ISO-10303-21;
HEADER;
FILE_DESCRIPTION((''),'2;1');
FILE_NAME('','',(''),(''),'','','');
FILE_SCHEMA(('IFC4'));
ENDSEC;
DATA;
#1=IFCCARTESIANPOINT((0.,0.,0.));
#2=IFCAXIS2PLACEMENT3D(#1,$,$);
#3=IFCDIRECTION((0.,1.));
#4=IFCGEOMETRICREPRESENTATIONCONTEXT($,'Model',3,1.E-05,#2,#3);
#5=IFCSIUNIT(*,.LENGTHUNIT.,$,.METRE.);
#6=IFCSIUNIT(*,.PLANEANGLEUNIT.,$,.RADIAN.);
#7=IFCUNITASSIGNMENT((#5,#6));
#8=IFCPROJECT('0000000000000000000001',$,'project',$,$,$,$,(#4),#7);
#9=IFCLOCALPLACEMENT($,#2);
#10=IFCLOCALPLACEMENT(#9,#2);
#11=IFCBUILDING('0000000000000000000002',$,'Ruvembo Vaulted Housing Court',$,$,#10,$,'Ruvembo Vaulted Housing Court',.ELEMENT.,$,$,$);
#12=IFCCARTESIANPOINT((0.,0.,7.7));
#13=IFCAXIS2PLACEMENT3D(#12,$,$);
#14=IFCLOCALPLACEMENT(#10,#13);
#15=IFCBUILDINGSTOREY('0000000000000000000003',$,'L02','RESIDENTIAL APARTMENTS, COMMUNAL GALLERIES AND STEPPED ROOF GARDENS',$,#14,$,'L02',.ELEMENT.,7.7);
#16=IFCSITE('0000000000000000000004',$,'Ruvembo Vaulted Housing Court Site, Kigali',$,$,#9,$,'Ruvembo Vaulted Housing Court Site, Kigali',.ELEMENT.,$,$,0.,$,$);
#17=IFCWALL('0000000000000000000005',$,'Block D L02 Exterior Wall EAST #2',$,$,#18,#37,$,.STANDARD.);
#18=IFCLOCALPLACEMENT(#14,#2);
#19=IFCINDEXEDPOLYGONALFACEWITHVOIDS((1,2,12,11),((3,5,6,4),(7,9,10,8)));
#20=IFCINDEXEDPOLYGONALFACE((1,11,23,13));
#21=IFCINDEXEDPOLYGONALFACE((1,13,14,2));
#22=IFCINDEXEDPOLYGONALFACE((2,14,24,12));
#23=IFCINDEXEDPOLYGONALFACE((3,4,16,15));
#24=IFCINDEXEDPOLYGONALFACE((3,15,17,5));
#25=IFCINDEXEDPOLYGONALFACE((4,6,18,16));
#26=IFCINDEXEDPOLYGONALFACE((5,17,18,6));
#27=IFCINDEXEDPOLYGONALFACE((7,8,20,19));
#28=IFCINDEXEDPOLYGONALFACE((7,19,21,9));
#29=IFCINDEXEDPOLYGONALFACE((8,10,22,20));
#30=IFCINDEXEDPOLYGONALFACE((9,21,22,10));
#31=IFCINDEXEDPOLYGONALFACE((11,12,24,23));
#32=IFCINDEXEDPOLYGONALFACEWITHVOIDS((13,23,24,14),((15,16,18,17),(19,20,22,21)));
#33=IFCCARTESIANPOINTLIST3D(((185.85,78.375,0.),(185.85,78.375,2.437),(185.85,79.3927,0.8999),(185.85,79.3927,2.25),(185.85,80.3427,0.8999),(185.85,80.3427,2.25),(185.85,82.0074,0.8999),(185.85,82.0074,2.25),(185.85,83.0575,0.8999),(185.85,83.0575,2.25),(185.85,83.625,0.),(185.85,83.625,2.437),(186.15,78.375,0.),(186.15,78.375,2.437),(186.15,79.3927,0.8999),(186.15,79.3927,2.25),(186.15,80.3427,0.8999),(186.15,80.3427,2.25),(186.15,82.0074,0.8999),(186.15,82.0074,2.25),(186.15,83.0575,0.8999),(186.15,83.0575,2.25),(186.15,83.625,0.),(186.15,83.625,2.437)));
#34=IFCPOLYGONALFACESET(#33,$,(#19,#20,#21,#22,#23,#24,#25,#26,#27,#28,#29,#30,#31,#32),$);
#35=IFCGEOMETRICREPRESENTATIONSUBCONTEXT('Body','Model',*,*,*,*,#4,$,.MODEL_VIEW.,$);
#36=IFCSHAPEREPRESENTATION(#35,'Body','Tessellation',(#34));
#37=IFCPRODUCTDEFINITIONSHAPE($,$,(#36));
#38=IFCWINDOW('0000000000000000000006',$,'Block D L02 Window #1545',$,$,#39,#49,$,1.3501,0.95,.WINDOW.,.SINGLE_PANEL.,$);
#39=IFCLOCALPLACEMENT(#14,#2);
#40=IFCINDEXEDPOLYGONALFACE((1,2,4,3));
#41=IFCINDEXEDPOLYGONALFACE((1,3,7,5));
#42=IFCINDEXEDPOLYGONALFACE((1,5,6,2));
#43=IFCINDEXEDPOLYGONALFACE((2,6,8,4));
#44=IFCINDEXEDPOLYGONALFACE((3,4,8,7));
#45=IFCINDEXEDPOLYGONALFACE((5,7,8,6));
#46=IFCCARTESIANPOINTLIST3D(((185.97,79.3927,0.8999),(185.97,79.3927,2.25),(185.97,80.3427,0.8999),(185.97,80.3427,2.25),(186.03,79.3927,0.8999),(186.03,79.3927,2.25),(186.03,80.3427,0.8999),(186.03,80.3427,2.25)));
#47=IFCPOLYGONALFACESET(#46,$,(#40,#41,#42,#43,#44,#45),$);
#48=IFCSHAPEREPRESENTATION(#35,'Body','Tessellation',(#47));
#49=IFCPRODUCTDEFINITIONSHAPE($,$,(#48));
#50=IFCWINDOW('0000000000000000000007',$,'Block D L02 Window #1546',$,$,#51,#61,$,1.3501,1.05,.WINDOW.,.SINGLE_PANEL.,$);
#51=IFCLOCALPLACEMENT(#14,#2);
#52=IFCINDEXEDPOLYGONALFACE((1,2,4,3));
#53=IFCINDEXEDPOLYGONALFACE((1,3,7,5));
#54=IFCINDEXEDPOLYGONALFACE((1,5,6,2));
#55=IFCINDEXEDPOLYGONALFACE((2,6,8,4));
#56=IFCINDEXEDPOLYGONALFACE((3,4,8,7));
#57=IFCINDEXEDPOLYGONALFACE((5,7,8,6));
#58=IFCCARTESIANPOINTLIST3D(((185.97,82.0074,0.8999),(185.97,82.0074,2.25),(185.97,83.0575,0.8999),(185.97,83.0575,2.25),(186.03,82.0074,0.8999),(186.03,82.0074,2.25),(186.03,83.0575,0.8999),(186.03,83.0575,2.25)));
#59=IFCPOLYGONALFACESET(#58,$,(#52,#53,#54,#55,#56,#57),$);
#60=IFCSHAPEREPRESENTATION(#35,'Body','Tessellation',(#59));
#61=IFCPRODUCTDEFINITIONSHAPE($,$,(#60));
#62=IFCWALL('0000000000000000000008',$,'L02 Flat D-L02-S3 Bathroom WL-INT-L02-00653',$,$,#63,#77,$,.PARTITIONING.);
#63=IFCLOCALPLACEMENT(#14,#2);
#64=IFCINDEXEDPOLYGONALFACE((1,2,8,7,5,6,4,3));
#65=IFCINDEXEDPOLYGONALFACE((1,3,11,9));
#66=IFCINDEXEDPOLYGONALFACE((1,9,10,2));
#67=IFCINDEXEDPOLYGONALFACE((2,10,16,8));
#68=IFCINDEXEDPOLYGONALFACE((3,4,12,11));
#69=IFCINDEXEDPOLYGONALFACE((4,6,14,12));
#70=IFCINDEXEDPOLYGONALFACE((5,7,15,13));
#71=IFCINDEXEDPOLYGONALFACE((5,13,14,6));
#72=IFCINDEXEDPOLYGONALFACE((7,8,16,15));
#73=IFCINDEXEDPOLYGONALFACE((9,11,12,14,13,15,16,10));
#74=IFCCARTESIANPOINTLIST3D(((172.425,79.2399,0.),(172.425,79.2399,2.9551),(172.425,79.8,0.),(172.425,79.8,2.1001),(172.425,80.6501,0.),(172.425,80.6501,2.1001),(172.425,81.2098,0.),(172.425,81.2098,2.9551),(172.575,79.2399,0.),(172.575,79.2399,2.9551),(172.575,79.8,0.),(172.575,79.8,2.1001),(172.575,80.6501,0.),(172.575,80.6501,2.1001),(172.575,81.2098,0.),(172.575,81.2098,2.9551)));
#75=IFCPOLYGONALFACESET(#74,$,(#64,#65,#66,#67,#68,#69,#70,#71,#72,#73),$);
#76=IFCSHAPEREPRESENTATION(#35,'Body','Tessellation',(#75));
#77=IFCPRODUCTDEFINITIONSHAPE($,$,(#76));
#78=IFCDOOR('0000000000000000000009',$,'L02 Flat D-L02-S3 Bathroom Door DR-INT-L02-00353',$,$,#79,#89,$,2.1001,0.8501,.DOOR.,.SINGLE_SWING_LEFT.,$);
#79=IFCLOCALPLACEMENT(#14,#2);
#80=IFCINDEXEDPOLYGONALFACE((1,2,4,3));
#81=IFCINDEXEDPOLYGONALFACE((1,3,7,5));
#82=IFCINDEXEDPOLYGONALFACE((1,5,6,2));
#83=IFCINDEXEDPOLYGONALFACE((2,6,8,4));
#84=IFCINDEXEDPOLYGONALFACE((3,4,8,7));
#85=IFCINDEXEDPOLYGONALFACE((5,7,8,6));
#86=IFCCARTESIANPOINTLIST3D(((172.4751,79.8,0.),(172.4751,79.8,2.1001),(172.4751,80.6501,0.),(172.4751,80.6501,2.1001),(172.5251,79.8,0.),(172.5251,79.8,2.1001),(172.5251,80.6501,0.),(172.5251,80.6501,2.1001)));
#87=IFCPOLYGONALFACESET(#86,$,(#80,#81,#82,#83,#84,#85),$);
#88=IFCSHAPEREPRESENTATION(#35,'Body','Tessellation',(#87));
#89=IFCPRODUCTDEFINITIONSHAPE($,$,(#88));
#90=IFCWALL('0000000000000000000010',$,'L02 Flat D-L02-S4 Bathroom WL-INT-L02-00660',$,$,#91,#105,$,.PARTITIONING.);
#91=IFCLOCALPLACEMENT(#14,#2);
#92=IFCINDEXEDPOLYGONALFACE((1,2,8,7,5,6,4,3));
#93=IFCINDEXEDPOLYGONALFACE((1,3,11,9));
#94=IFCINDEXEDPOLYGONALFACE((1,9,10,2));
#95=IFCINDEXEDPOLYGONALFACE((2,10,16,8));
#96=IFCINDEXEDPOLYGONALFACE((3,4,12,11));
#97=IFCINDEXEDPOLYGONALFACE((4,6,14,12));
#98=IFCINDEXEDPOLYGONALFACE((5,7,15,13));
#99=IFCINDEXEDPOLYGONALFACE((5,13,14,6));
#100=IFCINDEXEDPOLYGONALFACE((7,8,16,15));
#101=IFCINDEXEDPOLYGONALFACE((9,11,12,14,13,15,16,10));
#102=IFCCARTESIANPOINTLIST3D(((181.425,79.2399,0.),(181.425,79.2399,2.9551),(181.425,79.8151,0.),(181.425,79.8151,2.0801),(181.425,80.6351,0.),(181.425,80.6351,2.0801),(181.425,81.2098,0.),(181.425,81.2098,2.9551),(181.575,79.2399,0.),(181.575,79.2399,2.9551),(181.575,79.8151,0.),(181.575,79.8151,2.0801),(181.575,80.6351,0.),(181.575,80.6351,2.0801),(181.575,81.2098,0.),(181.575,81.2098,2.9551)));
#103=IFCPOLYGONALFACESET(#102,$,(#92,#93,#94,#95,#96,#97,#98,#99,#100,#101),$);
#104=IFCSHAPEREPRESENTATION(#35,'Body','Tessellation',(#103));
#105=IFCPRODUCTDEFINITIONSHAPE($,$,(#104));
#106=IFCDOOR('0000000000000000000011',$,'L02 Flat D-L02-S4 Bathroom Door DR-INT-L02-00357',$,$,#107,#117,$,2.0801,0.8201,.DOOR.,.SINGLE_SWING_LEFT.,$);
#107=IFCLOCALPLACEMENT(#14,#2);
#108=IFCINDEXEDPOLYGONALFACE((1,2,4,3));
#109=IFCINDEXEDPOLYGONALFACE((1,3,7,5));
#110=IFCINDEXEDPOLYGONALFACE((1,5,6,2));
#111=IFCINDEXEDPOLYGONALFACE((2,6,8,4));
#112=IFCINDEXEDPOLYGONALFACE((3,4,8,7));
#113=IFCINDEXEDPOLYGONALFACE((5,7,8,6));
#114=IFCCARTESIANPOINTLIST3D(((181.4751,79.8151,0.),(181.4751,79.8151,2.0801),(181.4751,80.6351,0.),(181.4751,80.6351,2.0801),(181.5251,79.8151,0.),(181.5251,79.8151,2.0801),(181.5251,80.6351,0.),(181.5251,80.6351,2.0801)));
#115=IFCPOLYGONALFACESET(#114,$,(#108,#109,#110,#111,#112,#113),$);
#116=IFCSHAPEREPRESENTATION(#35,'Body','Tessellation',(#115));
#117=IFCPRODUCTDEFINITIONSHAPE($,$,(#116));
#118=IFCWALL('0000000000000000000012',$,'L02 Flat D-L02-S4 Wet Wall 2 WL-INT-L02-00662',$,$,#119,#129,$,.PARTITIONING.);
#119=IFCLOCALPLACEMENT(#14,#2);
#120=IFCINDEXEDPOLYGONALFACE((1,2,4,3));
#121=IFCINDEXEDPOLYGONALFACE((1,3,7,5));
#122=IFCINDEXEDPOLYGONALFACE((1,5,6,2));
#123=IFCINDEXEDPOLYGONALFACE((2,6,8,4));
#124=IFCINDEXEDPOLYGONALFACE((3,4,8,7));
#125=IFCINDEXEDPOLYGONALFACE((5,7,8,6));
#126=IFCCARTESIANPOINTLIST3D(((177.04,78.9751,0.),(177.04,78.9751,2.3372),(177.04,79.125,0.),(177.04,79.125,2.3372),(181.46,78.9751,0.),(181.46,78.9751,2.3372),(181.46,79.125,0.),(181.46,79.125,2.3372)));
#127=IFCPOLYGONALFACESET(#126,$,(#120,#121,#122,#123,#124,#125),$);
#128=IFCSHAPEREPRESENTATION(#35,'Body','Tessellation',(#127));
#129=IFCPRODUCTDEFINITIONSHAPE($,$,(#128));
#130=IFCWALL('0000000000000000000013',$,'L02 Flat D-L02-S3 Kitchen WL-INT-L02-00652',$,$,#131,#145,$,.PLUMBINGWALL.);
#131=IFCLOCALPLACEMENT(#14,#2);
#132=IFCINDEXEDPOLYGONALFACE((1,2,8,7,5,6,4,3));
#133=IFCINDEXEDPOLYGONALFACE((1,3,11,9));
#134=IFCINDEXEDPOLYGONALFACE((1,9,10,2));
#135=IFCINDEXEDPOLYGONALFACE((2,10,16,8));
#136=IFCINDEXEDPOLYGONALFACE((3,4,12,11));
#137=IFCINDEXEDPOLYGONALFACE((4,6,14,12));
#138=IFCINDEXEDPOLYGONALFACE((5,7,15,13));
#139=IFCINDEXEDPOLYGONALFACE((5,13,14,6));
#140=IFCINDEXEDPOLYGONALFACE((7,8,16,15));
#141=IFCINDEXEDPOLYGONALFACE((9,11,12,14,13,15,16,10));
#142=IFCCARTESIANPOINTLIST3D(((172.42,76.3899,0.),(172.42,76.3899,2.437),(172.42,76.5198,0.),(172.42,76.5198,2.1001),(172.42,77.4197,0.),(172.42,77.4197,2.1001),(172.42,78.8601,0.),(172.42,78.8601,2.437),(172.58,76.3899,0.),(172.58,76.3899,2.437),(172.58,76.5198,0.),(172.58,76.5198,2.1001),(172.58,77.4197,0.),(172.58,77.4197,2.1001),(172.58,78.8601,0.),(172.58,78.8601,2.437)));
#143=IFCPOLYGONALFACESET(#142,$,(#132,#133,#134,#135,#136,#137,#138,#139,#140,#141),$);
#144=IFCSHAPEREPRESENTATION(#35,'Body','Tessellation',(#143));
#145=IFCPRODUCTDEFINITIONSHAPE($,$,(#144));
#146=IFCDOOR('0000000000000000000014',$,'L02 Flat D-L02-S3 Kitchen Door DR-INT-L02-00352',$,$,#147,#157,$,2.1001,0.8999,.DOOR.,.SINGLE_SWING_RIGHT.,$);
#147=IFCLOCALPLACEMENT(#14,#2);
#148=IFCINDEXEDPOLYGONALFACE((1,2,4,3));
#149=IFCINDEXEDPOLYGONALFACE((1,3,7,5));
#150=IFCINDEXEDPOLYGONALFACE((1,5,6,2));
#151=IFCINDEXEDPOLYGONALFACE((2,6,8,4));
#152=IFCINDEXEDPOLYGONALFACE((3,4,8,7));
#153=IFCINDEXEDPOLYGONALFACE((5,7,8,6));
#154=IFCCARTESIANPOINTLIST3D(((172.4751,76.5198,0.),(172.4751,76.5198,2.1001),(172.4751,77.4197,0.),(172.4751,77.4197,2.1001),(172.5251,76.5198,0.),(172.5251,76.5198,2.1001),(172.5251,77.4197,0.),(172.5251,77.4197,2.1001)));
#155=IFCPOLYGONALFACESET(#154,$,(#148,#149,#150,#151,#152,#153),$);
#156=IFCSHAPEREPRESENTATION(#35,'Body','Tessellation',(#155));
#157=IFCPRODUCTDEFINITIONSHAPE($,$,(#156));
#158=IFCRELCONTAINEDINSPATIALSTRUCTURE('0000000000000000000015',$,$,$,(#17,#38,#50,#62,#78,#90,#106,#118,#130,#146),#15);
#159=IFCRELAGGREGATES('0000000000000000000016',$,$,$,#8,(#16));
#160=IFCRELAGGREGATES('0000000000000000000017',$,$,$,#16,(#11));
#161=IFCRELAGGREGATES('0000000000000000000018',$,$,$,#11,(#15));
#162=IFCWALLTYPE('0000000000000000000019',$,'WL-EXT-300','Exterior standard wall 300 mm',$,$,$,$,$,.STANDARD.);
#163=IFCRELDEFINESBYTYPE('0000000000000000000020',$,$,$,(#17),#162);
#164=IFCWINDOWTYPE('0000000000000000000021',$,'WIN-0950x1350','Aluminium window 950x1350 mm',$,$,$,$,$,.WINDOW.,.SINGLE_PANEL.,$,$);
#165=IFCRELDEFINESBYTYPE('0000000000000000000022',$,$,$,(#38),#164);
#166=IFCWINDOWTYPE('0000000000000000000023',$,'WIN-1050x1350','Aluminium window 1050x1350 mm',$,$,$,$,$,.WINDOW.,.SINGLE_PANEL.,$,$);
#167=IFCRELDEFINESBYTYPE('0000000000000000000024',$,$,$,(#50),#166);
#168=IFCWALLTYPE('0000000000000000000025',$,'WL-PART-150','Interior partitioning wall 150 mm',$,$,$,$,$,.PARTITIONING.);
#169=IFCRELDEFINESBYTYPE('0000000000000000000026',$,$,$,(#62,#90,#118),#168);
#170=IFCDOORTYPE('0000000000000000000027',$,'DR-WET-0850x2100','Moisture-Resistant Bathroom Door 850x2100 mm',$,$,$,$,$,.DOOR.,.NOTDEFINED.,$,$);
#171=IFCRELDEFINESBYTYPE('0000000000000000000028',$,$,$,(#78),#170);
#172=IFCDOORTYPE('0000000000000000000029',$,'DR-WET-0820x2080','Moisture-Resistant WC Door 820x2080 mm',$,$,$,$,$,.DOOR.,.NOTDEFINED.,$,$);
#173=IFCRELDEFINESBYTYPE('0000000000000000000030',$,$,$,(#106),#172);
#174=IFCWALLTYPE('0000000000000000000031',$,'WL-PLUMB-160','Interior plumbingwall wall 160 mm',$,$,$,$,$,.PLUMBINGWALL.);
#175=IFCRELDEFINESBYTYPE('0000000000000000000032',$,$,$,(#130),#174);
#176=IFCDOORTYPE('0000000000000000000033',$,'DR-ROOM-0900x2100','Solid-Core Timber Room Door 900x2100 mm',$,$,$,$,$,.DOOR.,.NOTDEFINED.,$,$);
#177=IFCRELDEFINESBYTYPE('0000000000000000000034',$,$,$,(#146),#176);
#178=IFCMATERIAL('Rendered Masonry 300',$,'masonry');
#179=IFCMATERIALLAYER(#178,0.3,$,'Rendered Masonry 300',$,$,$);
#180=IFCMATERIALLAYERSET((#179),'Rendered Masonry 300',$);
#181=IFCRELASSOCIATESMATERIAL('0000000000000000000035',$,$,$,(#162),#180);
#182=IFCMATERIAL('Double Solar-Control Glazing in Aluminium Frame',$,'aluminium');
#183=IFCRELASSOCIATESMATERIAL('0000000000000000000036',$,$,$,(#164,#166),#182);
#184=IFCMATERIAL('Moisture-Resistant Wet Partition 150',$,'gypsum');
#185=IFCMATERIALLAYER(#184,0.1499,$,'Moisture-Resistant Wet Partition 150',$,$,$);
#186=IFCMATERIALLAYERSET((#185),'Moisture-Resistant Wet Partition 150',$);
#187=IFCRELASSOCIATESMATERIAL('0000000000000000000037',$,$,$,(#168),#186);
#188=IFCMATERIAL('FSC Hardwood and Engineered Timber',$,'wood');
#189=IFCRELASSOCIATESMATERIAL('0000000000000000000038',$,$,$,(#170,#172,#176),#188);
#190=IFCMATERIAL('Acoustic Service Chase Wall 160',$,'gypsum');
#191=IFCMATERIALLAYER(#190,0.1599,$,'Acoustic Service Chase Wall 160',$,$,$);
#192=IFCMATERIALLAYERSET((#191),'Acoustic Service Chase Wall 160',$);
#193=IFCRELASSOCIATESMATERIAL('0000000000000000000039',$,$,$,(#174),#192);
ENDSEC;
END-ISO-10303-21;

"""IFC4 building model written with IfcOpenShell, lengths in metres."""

from ifc_helpers import new_model, si_unit, direction, frame, frame_2d, origin, place, context, subcontext, project, spatial, rectangle, extrude, material, layer, layer_set, type_object, element, fill, save


model = new_model("IFC4")

# Units and contexts
model_context = context("Model", 3, precision=1e-05, world=origin(), true_north=direction((0.0, 1.0)))
body_context = subcontext(model_context, "Body", "Model", "MODEL_VIEW")
ifc_project = project(units=[si_unit("LENGTHUNIT", "METRE"), si_unit("PLANEANGLEUNIT", "RADIAN")], contexts=[model_context])

# Site, building, storey
site_placement = place(None, origin())
site = spatial("IfcSite", under=ifc_project, at=site_placement, Name="Ruvembo Vaulted Housing Court Site, Kigali", LongName="Ruvembo Vaulted Housing Court Site, Kigali", CompositionType="ELEMENT", RefElevation=0.0)
building_placement = place(site_placement, origin())
building = spatial("IfcBuilding", under=site, at=building_placement, Name="Ruvembo Vaulted Housing Court", LongName="Ruvembo Vaulted Housing Court", CompositionType="ELEMENT")
storey_placement = place(building_placement, frame((0.0, 0.0, 7.7)))
storey = spatial("IfcBuildingStorey", under=building, at=storey_placement, Name="L02", Description="RESIDENTIAL APARTMENTS, COMMUNAL GALLERIES AND STEPPED ROOF GARDENS", LongName="L02", CompositionType="ELEMENT", Elevation=7.7)

# Shared definitions
ifc_material_1 = material(Name="FSC Hardwood and Engineered Timber", Category="wood")

# Wall, openings, windows
ifc_material_2 = material(Name="Rendered Masonry 300", Category="masonry")
ifc_layer_1 = layer(ifc_material_2, 0.3, Name="Rendered Masonry 300")
ifc_layer_set_1 = layer_set([ifc_layer_1], Name="Rendered Masonry 300")
wall_type_1 = type_object("IfcWallType", Name="WL-EXT-300", Description="Exterior standard wall 300 mm", PredefinedType="STANDARD", material=ifc_layer_set_1)
wall_1_placement = place(storey_placement, frame((186.0, 78.375, 0.0), z_axis=(0.0, 0.0, 1.0), x_axis=(0.0, 1.0, 0.0)))
wall_1 = element("IfcWall", 1, at=wall_1_placement, inside=storey, type_object=wall_type_1, Name="Block D L02 Exterior Wall EAST #2", PredefinedType="STANDARD", context=body_context, shape_type="SweptSolid", body=[
    extrude(rectangle(XDim=5.25, YDim=0.3, at=frame_2d((2.625, 0.0))), origin(), (0.0, 0.0, 1.0), 2.437),
])
opening_1_placement = place(wall_1_placement, frame((1.0176, 0.0, 0.8999)))
opening_1 = element("IfcOpeningElement", 2, at=opening_1_placement, cuts=wall_1, PredefinedType="OPENING", context=body_context, shape_type="SweptSolid", body=[
    extrude(rectangle(XDim=0.95, YDim=1.3501, at=frame_2d((0.4751, 0.675))), frame((0.0, 0.1599, 0.0), z_axis=(0.0, -1.0, 0.0), x_axis=(1.0, 0.0, 0.0)), (0.0, 0.0, 1.0), 0.3201),
])
opening_2_placement = place(wall_1_placement, frame((3.6326, 0.0, 0.8999)))
opening_2 = element("IfcOpeningElement", 3, at=opening_2_placement, cuts=wall_1, PredefinedType="OPENING", context=body_context, shape_type="SweptSolid", body=[
    extrude(rectangle(XDim=1.05, YDim=1.3501, at=frame_2d((0.5249, 0.675))), frame((0.0, 0.1599, 0.0), z_axis=(0.0, -1.0, 0.0), x_axis=(1.0, 0.0, 0.0)), (0.0, 0.0, 1.0), 0.3201),
])
ifc_material_3 = material(Name="Double Solar-Control Glazing in Aluminium Frame", Category="aluminium")
window_type_1 = type_object("IfcWindowType", Name="WIN-0950x1350", Description="Aluminium window 950x1350 mm", PartitioningType="SINGLE_PANEL", PredefinedType="WINDOW", material=ifc_material_3)
window_1_placement = place(opening_1_placement, origin())
window_1 = element("IfcWindow", 4, at=window_1_placement, inside=storey, type_object=window_type_1, Name="Block D L02 Window #1545", OverallHeight=1.3501, OverallWidth=0.95, PartitioningType="SINGLE_PANEL", PredefinedType="WINDOW", context=body_context, shape_type="SweptSolid", body=[
    extrude(rectangle(XDim=0.95, YDim=1.3501, at=frame_2d((0.4751, 0.675))), frame((0.0, 0.03, 0.0), z_axis=(0.0, -1.0, 0.0), x_axis=(1.0, 0.0, 0.0)), (0.0, 0.0, 1.0), 0.0601),
])
fill(opening_1, window_1)
window_type_2 = type_object("IfcWindowType", Name="WIN-1050x1350", Description="Aluminium window 1050x1350 mm", PartitioningType="SINGLE_PANEL", PredefinedType="WINDOW", material=ifc_material_3)
window_2_placement = place(opening_2_placement, origin())
window_2 = element("IfcWindow", 5, at=window_2_placement, inside=storey, type_object=window_type_2, Name="Block D L02 Window #1546", OverallHeight=1.3501, OverallWidth=1.05, PartitioningType="SINGLE_PANEL", PredefinedType="WINDOW", context=body_context, shape_type="SweptSolid", body=[
    extrude(rectangle(XDim=1.05, YDim=1.3501, at=frame_2d((0.5249, 0.675))), frame((0.0, 0.03, 0.0), z_axis=(0.0, -1.0, 0.0), x_axis=(1.0, 0.0, 0.0)), (0.0, 0.0, 1.0), 0.0601),
])
fill(opening_2, window_2)

# Walls, openings, doors
ifc_material_4 = material(Name="Moisture-Resistant Wet Partition 150", Category="gypsum")
ifc_layer_2 = layer(ifc_material_4, 0.1499, Name="Moisture-Resistant Wet Partition 150")
ifc_layer_set_2 = layer_set([ifc_layer_2], Name="Moisture-Resistant Wet Partition 150")
wall_type_2 = type_object("IfcWallType", Name="WL-PART-150", Description="Interior partitioning wall 150 mm", PredefinedType="PARTITIONING", material=ifc_layer_set_2)
wall_2_placement = place(storey_placement, frame((172.5, 79.24, 0.0), z_axis=(0.0, 0.0, 1.0), x_axis=(0.0, 1.0, 0.0)))
wall_2 = element("IfcWall", 6, at=wall_2_placement, inside=storey, type_object=wall_type_2, Name="L02 Flat D-L02-S3 Bathroom WL-INT-L02-00653", PredefinedType="PARTITIONING", context=body_context, shape_type="SweptSolid", body=[
    extrude(rectangle(XDim=1.97, YDim=0.1499, at=frame_2d((0.9849, 0.0))), origin(), (0.0, 0.0, 1.0), 2.9551),
])
opening_3_placement = place(wall_2_placement, frame((0.5601, 0.0, 0.0)))
opening_3 = element("IfcOpeningElement", 7, at=opening_3_placement, cuts=wall_2, PredefinedType="OPENING", context=body_context, shape_type="SweptSolid", body=[
    extrude(rectangle(XDim=0.8501, YDim=2.1001, at=frame_2d((0.425, 1.05))), frame((0.0, 0.085, 0.0), z_axis=(0.0, -1.0, 0.0), x_axis=(1.0, 0.0, 0.0)), (0.0, 0.0, 1.0), 0.1699),
])
door_type_1 = type_object("IfcDoorType", Name="DR-WET-0850x2100", Description="Moisture-Resistant Bathroom Door 850x2100 mm", OperationType="NOTDEFINED", PredefinedType="DOOR", material=ifc_material_1)
door_1_placement = place(opening_3_placement, origin())
door_1 = element("IfcDoor", 8, at=door_1_placement, inside=storey, type_object=door_type_1, Name="L02 Flat D-L02-S3 Bathroom Door DR-INT-L02-00353", OperationType="SINGLE_SWING_LEFT", OverallHeight=2.1001, OverallWidth=0.8501, PredefinedType="DOOR", context=body_context, shape_type="SweptSolid", body=[
    extrude(rectangle(XDim=0.8501, YDim=2.1001, at=frame_2d((0.425, 1.05))), frame((0.0, 0.0249, 0.0), z_axis=(0.0, -1.0, 0.0), x_axis=(1.0, 0.0, 0.0)), (0.0, 0.0, 1.0), 0.05),
])
fill(opening_3, door_1)
wall_3_placement = place(storey_placement, frame((181.5, 79.24, 0.0), z_axis=(0.0, 0.0, 1.0), x_axis=(0.0, 1.0, 0.0)))
wall_3 = element("IfcWall", 9, at=wall_3_placement, inside=storey, type_object=wall_type_2, Name="L02 Flat D-L02-S4 Bathroom WL-INT-L02-00660", PredefinedType="PARTITIONING", context=body_context, shape_type="SweptSolid", body=[
    extrude(rectangle(XDim=1.97, YDim=0.1499, at=frame_2d((0.9849, 0.0))), origin(), (0.0, 0.0, 1.0), 2.9551),
])
opening_4_placement = place(wall_3_placement, frame((0.575, 0.0, 0.0)))
opening_4 = element("IfcOpeningElement", 10, at=opening_4_placement, cuts=wall_3, PredefinedType="OPENING", context=body_context, shape_type="SweptSolid", body=[
    extrude(rectangle(XDim=0.8201, YDim=2.0801, at=frame_2d((0.4102, 1.04))), frame((0.0, 0.085, 0.0), z_axis=(0.0, -1.0, 0.0), x_axis=(1.0, 0.0, 0.0)), (0.0, 0.0, 1.0), 0.1699),
])
door_type_2 = type_object("IfcDoorType", Name="DR-WET-0820x2080", Description="Moisture-Resistant WC Door 820x2080 mm", OperationType="NOTDEFINED", PredefinedType="DOOR", material=ifc_material_1)
door_2_placement = place(opening_4_placement, origin())
door_2 = element("IfcDoor", 11, at=door_2_placement, inside=storey, type_object=door_type_2, Name="L02 Flat D-L02-S4 Bathroom Door DR-INT-L02-00357", OperationType="SINGLE_SWING_LEFT", OverallHeight=2.0801, OverallWidth=0.8201, PredefinedType="DOOR", context=body_context, shape_type="SweptSolid", body=[
    extrude(rectangle(XDim=0.8201, YDim=2.0801, at=frame_2d((0.4102, 1.04))), frame((0.0, 0.0249, 0.0), z_axis=(0.0, -1.0, 0.0), x_axis=(1.0, 0.0, 0.0)), (0.0, 0.0, 1.0), 0.05),
])
fill(opening_4, door_2)

# Wall
wall_4_placement = place(storey_placement, frame((177.04, 79.05, 0.0), z_axis=(0.0, 0.0, 1.0), x_axis=(1.0, 0.0, 0.0)))
element("IfcWall", 12, at=wall_4_placement, inside=storey, type_object=wall_type_2, Name="L02 Flat D-L02-S4 Wet Wall 2 WL-INT-L02-00662", PredefinedType="PARTITIONING", context=body_context, shape_type="SweptSolid", body=[
    extrude(rectangle(XDim=4.4199, YDim=0.1499, at=frame_2d((2.21, 0.0))), origin(), (0.0, 0.0, 1.0), 2.3372),
])

# Wall, opening, door
ifc_material_5 = material(Name="Acoustic Service Chase Wall 160", Category="gypsum")
ifc_layer_3 = layer(ifc_material_5, 0.1599, Name="Acoustic Service Chase Wall 160")
ifc_layer_set_3 = layer_set([ifc_layer_3], Name="Acoustic Service Chase Wall 160")
wall_type_3 = type_object("IfcWallType", Name="WL-PLUMB-160", Description="Interior plumbingwall wall 160 mm", PredefinedType="PLUMBINGWALL", material=ifc_layer_set_3)
wall_5_placement = place(storey_placement, frame((172.5, 76.3899, 0.0), z_axis=(0.0, 0.0, 1.0), x_axis=(0.0, 1.0, 0.0)))
wall_5 = element("IfcWall", 13, at=wall_5_placement, inside=storey, type_object=wall_type_3, Name="L02 Flat D-L02-S3 Kitchen WL-INT-L02-00652", PredefinedType="PLUMBINGWALL", context=body_context, shape_type="SweptSolid", body=[
    extrude(rectangle(XDim=2.4702, YDim=0.1599, at=frame_2d((1.2351, 0.0))), origin(), (0.0, 0.0, 1.0), 2.437),
])
opening_5_placement = place(wall_5_placement, frame((0.1299, 0.0, 0.0)))
opening_5 = element("IfcOpeningElement", 14, at=opening_5_placement, cuts=wall_5, PredefinedType="OPENING", context=body_context, shape_type="SweptSolid", body=[
    extrude(rectangle(XDim=0.8999, YDim=2.1001, at=frame_2d((0.45, 1.05))), frame((0.0, 0.0898, 0.0), z_axis=(0.0, -1.0, 0.0), x_axis=(1.0, 0.0, 0.0)), (0.0, 0.0, 1.0), 0.1799),
])
door_type_3 = type_object("IfcDoorType", Name="DR-ROOM-0900x2100", Description="Solid-Core Timber Room Door 900x2100 mm", OperationType="NOTDEFINED", PredefinedType="DOOR", material=ifc_material_1)
door_3_placement = place(opening_5_placement, origin())
door_3 = element("IfcDoor", 15, at=door_3_placement, inside=storey, type_object=door_type_3, Name="L02 Flat D-L02-S3 Kitchen Door DR-INT-L02-00352", OperationType="SINGLE_SWING_RIGHT", OverallHeight=2.1001, OverallWidth=0.8999, PredefinedType="DOOR", context=body_context, shape_type="SweptSolid", body=[
    extrude(rectangle(XDim=0.8999, YDim=2.1001, at=frame_2d((0.45, 1.05))), frame((0.0, 0.0249, 0.0), z_axis=(0.0, -1.0, 0.0), x_axis=(1.0, 0.0, 0.0)), (0.0, 0.0, 1.0), 0.05),
])
fill(opening_5, door_3)

save(model, "model.ifc")
